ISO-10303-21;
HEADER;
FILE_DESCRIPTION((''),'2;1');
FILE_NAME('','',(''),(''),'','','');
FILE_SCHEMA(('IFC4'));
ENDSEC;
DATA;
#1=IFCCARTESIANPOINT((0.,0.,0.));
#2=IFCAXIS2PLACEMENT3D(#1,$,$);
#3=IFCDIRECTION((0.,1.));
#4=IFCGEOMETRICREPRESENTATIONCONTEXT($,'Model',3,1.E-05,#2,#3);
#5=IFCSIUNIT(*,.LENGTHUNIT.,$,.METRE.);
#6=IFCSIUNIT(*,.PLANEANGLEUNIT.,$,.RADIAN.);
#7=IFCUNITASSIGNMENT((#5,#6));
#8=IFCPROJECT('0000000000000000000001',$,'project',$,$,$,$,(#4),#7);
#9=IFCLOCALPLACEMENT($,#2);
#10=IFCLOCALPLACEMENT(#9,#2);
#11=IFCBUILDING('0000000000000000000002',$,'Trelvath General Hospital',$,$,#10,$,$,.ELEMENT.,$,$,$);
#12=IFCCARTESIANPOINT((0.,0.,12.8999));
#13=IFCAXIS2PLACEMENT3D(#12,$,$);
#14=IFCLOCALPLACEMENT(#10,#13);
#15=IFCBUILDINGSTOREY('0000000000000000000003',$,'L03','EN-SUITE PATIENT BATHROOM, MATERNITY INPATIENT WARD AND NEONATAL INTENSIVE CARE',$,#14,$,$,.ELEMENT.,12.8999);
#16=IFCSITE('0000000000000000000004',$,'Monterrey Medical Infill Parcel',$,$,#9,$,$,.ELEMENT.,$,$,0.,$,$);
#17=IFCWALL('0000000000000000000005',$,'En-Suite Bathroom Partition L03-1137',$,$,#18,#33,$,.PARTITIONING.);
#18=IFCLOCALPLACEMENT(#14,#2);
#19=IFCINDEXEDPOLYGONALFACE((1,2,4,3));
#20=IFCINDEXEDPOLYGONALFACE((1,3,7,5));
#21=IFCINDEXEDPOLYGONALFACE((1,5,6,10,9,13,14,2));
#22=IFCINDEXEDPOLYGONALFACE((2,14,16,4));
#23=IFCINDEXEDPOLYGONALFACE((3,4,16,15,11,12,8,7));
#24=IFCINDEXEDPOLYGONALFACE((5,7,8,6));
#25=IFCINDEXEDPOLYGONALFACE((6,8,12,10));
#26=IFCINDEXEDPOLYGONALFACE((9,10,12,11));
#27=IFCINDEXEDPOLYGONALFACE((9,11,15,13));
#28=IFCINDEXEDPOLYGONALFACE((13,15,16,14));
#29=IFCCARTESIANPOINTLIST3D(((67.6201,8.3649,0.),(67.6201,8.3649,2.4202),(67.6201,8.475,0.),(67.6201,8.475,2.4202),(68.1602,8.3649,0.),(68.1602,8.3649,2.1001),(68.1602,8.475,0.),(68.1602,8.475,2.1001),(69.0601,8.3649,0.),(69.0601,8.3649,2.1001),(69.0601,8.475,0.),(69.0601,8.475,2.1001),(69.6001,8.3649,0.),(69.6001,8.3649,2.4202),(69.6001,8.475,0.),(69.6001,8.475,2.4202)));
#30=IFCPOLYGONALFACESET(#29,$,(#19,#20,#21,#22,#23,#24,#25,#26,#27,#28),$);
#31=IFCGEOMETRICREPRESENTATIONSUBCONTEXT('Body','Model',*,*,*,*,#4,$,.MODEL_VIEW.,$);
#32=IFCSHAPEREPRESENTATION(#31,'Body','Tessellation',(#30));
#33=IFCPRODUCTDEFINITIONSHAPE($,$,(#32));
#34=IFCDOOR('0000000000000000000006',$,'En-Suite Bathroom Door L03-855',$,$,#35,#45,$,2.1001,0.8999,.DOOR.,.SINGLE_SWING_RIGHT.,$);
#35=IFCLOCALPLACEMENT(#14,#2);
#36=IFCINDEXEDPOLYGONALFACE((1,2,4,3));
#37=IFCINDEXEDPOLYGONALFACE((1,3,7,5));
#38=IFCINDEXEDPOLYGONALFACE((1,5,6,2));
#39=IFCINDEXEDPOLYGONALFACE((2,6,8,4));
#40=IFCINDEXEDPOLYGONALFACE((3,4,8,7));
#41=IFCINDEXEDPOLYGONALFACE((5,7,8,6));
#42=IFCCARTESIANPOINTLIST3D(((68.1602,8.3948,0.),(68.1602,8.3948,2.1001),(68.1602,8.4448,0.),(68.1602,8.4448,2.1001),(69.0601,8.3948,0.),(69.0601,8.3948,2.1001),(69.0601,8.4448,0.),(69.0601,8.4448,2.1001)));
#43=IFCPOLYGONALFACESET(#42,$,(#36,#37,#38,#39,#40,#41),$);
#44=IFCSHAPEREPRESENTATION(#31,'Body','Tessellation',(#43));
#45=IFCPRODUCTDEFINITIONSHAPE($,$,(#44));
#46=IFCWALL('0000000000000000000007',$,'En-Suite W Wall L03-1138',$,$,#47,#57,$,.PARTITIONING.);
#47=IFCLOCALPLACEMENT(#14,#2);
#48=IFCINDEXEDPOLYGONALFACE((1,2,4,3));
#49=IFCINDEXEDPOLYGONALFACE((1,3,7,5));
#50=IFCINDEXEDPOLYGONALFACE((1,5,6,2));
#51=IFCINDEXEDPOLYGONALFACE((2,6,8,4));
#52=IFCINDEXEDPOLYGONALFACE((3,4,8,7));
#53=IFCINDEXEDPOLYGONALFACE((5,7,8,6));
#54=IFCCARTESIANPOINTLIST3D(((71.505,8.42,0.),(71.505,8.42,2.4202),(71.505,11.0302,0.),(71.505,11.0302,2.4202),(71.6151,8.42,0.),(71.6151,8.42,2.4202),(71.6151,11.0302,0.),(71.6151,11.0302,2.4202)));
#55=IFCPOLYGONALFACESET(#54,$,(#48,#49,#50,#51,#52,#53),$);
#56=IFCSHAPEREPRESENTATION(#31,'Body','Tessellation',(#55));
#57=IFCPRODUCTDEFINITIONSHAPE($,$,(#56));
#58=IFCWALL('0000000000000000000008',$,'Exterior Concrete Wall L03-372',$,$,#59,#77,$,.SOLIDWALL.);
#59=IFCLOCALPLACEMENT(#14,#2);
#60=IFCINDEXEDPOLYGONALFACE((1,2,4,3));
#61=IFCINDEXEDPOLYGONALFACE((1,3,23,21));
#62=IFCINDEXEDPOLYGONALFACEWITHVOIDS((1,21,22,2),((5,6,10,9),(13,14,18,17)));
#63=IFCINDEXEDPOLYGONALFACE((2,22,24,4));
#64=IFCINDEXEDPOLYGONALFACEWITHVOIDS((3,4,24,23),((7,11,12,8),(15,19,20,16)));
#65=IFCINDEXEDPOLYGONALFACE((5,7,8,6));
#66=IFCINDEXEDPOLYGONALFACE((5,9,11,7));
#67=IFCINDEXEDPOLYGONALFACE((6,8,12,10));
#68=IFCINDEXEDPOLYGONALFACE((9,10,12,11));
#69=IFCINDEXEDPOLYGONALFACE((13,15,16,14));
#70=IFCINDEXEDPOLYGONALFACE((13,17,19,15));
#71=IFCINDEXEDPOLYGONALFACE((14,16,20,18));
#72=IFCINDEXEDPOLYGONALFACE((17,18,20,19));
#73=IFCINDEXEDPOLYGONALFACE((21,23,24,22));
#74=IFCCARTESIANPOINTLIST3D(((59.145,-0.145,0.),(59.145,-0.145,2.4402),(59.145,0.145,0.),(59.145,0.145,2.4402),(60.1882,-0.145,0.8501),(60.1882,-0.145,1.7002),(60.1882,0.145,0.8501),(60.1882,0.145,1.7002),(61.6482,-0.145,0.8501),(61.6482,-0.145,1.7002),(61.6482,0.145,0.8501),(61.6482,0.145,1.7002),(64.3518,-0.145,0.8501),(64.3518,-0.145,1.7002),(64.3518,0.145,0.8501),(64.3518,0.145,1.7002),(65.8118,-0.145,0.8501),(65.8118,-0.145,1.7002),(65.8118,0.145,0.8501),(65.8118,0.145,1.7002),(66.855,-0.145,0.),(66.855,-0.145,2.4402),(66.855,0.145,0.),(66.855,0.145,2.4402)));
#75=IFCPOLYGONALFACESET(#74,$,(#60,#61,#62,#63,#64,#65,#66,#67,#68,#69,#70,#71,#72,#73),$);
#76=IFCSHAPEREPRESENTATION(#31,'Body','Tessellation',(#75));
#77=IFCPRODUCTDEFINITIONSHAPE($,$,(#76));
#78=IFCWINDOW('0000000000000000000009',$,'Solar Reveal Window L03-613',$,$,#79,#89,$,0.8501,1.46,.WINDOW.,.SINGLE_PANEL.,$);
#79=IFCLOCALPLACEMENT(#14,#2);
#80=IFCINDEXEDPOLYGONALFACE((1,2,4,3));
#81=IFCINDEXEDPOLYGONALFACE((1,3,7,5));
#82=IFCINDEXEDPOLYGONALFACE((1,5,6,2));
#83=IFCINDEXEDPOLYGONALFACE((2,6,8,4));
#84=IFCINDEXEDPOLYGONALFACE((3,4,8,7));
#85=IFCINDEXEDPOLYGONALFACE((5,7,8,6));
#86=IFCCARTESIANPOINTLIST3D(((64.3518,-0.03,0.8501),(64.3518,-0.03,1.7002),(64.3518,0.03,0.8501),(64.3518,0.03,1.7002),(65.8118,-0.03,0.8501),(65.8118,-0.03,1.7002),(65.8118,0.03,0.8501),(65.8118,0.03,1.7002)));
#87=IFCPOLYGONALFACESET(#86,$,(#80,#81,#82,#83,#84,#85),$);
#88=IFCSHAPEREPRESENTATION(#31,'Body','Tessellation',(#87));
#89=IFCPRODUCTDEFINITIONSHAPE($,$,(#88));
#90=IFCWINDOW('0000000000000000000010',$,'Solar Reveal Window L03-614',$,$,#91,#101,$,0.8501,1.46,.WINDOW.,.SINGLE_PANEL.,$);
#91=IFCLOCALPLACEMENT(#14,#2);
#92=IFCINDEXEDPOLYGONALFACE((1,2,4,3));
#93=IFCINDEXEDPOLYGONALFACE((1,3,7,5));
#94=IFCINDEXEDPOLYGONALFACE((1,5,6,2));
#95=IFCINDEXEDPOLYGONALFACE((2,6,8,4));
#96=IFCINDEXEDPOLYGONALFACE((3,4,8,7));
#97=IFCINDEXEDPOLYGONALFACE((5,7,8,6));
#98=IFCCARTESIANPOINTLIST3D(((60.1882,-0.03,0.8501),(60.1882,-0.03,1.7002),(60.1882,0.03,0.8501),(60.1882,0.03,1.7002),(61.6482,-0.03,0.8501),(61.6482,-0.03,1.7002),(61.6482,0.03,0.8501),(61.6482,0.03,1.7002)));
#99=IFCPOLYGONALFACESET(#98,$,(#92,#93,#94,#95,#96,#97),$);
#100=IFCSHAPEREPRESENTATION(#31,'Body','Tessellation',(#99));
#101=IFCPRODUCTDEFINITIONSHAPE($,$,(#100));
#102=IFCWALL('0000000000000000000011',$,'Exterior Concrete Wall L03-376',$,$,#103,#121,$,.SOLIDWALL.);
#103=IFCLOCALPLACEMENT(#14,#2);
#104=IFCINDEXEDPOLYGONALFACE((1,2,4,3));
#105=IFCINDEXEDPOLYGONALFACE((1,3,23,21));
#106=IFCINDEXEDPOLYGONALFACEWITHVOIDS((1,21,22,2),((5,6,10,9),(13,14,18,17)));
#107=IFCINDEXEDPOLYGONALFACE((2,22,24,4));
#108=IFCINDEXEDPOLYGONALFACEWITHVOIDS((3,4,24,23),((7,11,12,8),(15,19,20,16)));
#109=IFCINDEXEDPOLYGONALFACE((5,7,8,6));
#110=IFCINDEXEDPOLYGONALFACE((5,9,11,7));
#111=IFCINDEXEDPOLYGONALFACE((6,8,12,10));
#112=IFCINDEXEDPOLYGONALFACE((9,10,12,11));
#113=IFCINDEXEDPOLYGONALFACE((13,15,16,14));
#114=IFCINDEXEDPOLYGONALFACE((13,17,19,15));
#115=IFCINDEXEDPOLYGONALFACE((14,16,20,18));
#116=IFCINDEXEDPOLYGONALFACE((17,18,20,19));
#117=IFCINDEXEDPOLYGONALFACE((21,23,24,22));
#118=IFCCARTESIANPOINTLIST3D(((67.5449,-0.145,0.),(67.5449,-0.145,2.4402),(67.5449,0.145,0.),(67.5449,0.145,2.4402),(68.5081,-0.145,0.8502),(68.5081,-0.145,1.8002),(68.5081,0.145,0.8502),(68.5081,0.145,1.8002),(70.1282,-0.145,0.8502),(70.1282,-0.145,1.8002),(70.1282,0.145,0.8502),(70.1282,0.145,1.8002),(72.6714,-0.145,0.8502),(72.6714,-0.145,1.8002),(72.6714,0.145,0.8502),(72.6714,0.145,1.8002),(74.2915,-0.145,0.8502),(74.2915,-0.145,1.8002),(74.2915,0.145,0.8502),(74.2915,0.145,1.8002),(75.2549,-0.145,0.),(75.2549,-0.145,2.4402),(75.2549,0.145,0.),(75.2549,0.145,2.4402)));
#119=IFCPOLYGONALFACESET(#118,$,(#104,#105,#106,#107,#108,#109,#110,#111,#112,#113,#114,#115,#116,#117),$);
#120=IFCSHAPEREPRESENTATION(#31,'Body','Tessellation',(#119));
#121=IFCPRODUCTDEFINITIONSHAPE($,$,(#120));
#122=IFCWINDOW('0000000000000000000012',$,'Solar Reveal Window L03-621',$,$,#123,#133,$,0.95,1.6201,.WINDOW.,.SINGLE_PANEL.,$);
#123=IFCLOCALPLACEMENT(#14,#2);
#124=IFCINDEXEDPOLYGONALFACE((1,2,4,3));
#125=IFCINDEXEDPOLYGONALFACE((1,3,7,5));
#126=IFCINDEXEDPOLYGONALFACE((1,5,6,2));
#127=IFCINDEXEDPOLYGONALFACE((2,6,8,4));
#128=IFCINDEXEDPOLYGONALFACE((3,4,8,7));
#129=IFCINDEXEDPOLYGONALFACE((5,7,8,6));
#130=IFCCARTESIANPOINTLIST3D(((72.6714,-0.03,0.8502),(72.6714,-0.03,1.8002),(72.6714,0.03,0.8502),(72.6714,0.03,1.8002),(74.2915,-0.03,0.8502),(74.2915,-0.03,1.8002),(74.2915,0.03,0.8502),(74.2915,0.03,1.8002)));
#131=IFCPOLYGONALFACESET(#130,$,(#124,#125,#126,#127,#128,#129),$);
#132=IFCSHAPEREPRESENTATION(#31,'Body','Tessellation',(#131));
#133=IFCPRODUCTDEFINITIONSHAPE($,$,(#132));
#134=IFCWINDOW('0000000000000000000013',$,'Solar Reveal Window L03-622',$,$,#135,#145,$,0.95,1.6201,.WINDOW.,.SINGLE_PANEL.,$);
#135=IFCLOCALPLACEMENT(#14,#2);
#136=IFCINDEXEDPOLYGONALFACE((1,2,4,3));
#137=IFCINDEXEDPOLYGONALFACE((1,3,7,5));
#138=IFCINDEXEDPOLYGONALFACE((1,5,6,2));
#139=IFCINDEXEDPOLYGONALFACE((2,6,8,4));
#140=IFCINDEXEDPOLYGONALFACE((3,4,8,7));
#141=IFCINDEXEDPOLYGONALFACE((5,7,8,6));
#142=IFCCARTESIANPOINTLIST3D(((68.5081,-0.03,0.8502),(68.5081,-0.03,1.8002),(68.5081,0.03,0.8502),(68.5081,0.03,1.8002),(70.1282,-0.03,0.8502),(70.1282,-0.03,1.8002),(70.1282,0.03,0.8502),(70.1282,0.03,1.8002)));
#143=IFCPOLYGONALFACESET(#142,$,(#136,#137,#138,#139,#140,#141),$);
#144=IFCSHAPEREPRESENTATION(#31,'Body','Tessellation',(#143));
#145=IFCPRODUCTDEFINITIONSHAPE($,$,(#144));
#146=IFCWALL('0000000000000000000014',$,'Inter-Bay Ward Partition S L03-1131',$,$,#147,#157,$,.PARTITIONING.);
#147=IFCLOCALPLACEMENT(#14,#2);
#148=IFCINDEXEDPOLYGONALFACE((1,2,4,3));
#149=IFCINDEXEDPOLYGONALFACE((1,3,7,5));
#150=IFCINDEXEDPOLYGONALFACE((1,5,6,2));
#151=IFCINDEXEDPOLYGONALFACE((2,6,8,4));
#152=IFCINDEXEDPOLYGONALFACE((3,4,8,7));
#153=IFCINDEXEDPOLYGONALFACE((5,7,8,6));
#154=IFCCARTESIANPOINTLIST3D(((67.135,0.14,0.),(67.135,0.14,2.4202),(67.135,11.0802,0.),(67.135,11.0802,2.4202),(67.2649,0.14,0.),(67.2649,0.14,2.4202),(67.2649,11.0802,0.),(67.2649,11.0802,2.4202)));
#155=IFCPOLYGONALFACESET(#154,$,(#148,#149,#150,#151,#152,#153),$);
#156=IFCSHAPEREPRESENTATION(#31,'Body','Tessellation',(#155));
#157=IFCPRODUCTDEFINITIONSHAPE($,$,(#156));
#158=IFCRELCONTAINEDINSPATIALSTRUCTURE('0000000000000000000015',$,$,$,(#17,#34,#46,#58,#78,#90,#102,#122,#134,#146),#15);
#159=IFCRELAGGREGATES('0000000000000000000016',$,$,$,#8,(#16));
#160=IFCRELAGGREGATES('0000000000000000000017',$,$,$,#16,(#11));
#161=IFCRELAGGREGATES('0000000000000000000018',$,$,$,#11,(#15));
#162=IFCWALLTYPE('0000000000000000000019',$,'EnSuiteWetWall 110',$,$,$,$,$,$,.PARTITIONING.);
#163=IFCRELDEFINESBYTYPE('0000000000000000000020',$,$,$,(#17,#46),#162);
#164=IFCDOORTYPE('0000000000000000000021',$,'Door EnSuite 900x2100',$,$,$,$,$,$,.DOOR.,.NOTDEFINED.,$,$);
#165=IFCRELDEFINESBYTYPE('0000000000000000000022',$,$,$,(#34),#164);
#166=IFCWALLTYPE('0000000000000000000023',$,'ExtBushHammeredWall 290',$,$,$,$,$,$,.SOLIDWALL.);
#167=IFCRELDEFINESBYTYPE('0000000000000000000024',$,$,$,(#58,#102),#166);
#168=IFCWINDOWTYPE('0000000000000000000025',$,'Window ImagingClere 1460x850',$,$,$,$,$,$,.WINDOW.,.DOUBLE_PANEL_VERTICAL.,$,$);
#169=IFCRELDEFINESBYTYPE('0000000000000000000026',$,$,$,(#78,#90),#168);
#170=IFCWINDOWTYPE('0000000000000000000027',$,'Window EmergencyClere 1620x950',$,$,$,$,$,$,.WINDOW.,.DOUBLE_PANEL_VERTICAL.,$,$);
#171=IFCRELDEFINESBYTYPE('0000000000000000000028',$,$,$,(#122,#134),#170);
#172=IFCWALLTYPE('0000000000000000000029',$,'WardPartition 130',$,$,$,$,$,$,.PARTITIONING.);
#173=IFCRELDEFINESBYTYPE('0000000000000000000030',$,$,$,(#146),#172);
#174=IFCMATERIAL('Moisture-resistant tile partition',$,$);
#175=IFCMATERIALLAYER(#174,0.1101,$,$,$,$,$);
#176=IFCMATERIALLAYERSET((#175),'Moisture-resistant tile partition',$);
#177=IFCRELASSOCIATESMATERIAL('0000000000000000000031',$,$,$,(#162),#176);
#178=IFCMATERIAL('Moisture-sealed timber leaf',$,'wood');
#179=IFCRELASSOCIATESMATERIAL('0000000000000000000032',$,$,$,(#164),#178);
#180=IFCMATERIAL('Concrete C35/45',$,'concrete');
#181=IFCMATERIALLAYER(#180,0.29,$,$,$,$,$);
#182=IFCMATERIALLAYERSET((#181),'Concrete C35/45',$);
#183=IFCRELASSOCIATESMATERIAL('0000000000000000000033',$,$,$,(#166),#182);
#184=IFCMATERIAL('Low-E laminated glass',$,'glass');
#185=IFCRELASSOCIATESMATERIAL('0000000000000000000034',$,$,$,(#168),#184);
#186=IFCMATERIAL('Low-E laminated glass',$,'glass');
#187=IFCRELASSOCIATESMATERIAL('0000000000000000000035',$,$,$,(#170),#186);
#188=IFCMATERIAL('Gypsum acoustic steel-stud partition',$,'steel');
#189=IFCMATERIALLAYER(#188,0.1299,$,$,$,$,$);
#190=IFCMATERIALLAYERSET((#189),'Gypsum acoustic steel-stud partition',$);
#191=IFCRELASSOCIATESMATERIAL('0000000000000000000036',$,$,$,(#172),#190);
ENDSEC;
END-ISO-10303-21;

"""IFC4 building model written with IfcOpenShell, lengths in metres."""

from ifc_helpers import new_model, si_unit, direction, frame, frame_2d, origin, place, context, subcontext, project, spatial, rectangle, extrude, material, layer, layer_set, type_object, element, fill, save


model = new_model("IFC4")

# Units and contexts
model_context = context("Model", 3, precision=1e-05, world=origin(), true_north=direction((0.0, 1.0)))
body_context = subcontext(model_context, "Body", "Model", "MODEL_VIEW")
ifc_project = project(units=[si_unit("LENGTHUNIT", "METRE"), si_unit("PLANEANGLEUNIT", "RADIAN")], contexts=[model_context])

# Site, building, storey
site_placement = place(None, origin())
site = spatial("IfcSite", under=ifc_project, at=site_placement, Name="Monterrey Medical Infill Parcel", CompositionType="ELEMENT", RefElevation=0.0)
building_placement = place(site_placement, origin())
building = spatial("IfcBuilding", under=site, at=building_placement, Name="Trelvath General Hospital", CompositionType="ELEMENT")
storey_placement = place(building_placement, frame((0.0, 0.0, 12.8999)))
storey = spatial("IfcBuildingStorey", under=building, at=storey_placement, Name="L03", Description="EN-SUITE PATIENT BATHROOM, MATERNITY INPATIENT WARD AND NEONATAL INTENSIVE CARE", CompositionType="ELEMENT", Elevation=12.8999)

# Shared definitions
ifc_material_1 = material(Name="Moisture-resistant tile partition")
ifc_layer_1 = layer(ifc_material_1, 0.1101)
ifc_layer_set_1 = layer_set([ifc_layer_1], Name="Moisture-resistant tile partition")
wall_type_1 = type_object("IfcWallType", Name="EnSuiteWetWall 110", PredefinedType="PARTITIONING", material=ifc_layer_set_1)

# Wall, opening, door
wall_1_placement = place(storey_placement, frame((67.6201, 8.4199, 0.0), z_axis=(0.0, 0.0, 1.0), x_axis=(1.0, 0.0, 0.0)))
wall_1 = element("IfcWall", 1, at=wall_1_placement, inside=storey, type_object=wall_type_1, Name="En-Suite Bathroom Partition L03-1137", PredefinedType="PARTITIONING", context=body_context, shape_type="SweptSolid", body=[
    extrude(rectangle(XDim=1.98, YDim=0.1101, at=frame_2d((0.99, 0.0))), origin(), (0.0, 0.0, 1.0), 2.4202),
])
opening_1_placement = place(wall_1_placement, frame((0.54, 0.0, 0.0)))
opening_1 = element("IfcOpeningElement", 2, at=opening_1_placement, cuts=wall_1, PredefinedType="OPENING", context=body_context, shape_type="SweptSolid", body=[
    extrude(rectangle(XDim=0.8999, YDim=2.1001, at=frame_2d((0.45, 1.05))), frame((0.0, 0.0649, 0.0), z_axis=(0.0, -1.0, 0.0), x_axis=(1.0, 0.0, 0.0)), (0.0, 0.0, 1.0), 0.1301),
])
ifc_material_2 = material(Name="Moisture-sealed timber leaf", Category="wood")
door_type = type_object("IfcDoorType", Name="Door EnSuite 900x2100", OperationType="NOTDEFINED", PredefinedType="DOOR", material=ifc_material_2)
door_placement = place(opening_1_placement, origin())
door = element("IfcDoor", 3, at=door_placement, inside=storey, type_object=door_type, Name="En-Suite Bathroom Door L03-855", OperationType="SINGLE_SWING_RIGHT", OverallHeight=2.1001, OverallWidth=0.8999, PredefinedType="DOOR", context=body_context, shape_type="SweptSolid", body=[
    extrude(rectangle(XDim=0.8999, YDim=2.1001, at=frame_2d((0.45, 1.05))), frame((0.0, 0.0249, 0.0), z_axis=(0.0, -1.0, 0.0), x_axis=(1.0, 0.0, 0.0)), (0.0, 0.0, 1.0), 0.05),
])
fill(opening_1, door)

# Wall
wall_2_placement = place(storey_placement, frame((71.5601, 8.4199, 0.0), z_axis=(0.0, 0.0, 1.0), x_axis=(0.0, 1.0, 0.0)))
element("IfcWall", 4, at=wall_2_placement, inside=storey, type_object=wall_type_1, Name="En-Suite W Wall L03-1138", PredefinedType="PARTITIONING", context=body_context, shape_type="SweptSolid", body=[
    extrude(rectangle(XDim=2.6101, YDim=0.1101, at=frame_2d((1.3052, 0.0))), origin(), (0.0, 0.0, 1.0), 2.4202),
])

# Walls, openings, windows
ifc_material_3 = material(Name="Concrete C35/45", Category="concrete")
ifc_layer_2 = layer(ifc_material_3, 0.29)
ifc_layer_set_2 = layer_set([ifc_layer_2], Name="Concrete C35/45")
wall_type_2 = type_object("IfcWallType", Name="ExtBushHammeredWall 290", PredefinedType="SOLIDWALL", material=ifc_layer_set_2)
wall_3_placement = place(storey_placement, frame((66.855, 0.0, 0.0), z_axis=(0.0, 0.0, 1.0), x_axis=(-1.0, 0.0, 0.0)))
wall_3 = element("IfcWall", 5, at=wall_3_placement, inside=storey, type_object=wall_type_2, Name="Exterior Concrete Wall L03-372", PredefinedType="SOLIDWALL", context=body_context, shape_type="SweptSolid", body=[
    extrude(rectangle(XDim=7.71, YDim=0.29, at=frame_2d((3.855, 0.0))), origin(), (0.0, 0.0, 1.0), 2.4402),
])
opening_2_placement = place(wall_3_placement, frame((1.0432, 0.0, 0.8501)))
opening_2 = element("IfcOpeningElement", 6, at=opening_2_placement, cuts=wall_3, PredefinedType="OPENING", context=body_context, shape_type="SweptSolid", body=[
    extrude(rectangle(XDim=1.46, YDim=0.8501, at=frame_2d((0.73, 0.425))), frame((0.0, 0.155, 0.0), z_axis=(0.0, -1.0, 0.0), x_axis=(1.0, 0.0, 0.0)), (0.0, 0.0, 1.0), 0.3101),
])
opening_3_placement = place(wall_3_placement, frame((5.2068, 0.0, 0.8501)))
opening_3 = element("IfcOpeningElement", 7, at=opening_3_placement, cuts=wall_3, PredefinedType="OPENING", context=body_context, shape_type="SweptSolid", body=[
    extrude(rectangle(XDim=1.46, YDim=0.8501, at=frame_2d((0.73, 0.425))), frame((0.0, 0.155, 0.0), z_axis=(0.0, -1.0, 0.0), x_axis=(1.0, 0.0, 0.0)), (0.0, 0.0, 1.0), 0.3101),
])
ifc_material_4 = material(Name="Low-E laminated glass", Category="glass")
window_type_1 = type_object("IfcWindowType", Name="Window ImagingClere 1460x850", PartitioningType="DOUBLE_PANEL_VERTICAL", PredefinedType="WINDOW", material=ifc_material_4)
window_1_placement = place(opening_2_placement, origin())
window_1 = element("IfcWindow", 8, at=window_1_placement, inside=storey, type_object=window_type_1, Name="Solar Reveal Window L03-613", OverallHeight=0.8501, OverallWidth=1.46, PartitioningType="SINGLE_PANEL", PredefinedType="WINDOW", context=body_context, shape_type="SweptSolid", body=[
    extrude(rectangle(XDim=1.46, YDim=0.8501, at=frame_2d((0.73, 0.425))), frame((0.0, 0.03, 0.0), z_axis=(0.0, -1.0, 0.0), x_axis=(1.0, 0.0, 0.0)), (0.0, 0.0, 1.0), 0.0601),
])
fill(opening_2, window_1)
window_2_placement = place(opening_3_placement, origin())
window_2 = element("IfcWindow", 9, at=window_2_placement, inside=storey, type_object=window_type_1, Name="Solar Reveal Window L03-614", OverallHeight=0.8501, OverallWidth=1.46, PartitioningType="SINGLE_PANEL", PredefinedType="WINDOW", context=body_context, shape_type="SweptSolid", body=[
    extrude(rectangle(XDim=1.46, YDim=0.8501, at=frame_2d((0.73, 0.425))), frame((0.0, 0.03, 0.0), z_axis=(0.0, -1.0, 0.0), x_axis=(1.0, 0.0, 0.0)), (0.0, 0.0, 1.0), 0.0601),
])
fill(opening_3, window_2)
wall_4_placement = place(storey_placement, frame((75.2549, 0.0, 0.0), z_axis=(0.0, 0.0, 1.0), x_axis=(-1.0, 0.0, 0.0)))
wall_4 = element("IfcWall", 10, at=wall_4_placement, inside=storey, type_object=wall_type_2, Name="Exterior Concrete Wall L03-376", PredefinedType="SOLIDWALL", context=body_context, shape_type="SweptSolid", body=[
    extrude(rectangle(XDim=7.71, YDim=0.29, at=frame_2d((3.855, 0.0))), origin(), (0.0, 0.0, 1.0), 2.4402),
])
opening_4_placement = place(wall_4_placement, frame((0.9634, 0.0, 0.8501)))
opening_4 = element("IfcOpeningElement", 11, at=opening_4_placement, cuts=wall_4, PredefinedType="OPENING", context=body_context, shape_type="SweptSolid", body=[
    extrude(rectangle(XDim=1.6201, YDim=0.95, at=frame_2d((0.8101, 0.4751))), frame((0.0, 0.155, 0.0), z_axis=(0.0, -1.0, 0.0), x_axis=(1.0, 0.0, 0.0)), (0.0, 0.0, 1.0), 0.3101),
])
opening_5_placement = place(wall_4_placement, frame((5.1267, 0.0, 0.8501)))
opening_5 = element("IfcOpeningElement", 12, at=opening_5_placement, cuts=wall_4, PredefinedType="OPENING", context=body_context, shape_type="SweptSolid", body=[
    extrude(rectangle(XDim=1.6201, YDim=0.95, at=frame_2d((0.8101, 0.4751))), frame((0.0, 0.155, 0.0), z_axis=(0.0, -1.0, 0.0), x_axis=(1.0, 0.0, 0.0)), (0.0, 0.0, 1.0), 0.3101),
])
ifc_material_5 = material(Name="Low-E laminated glass", Category="glass")
window_type_2 = type_object("IfcWindowType", Name="Window EmergencyClere 1620x950", PartitioningType="DOUBLE_PANEL_VERTICAL", PredefinedType="WINDOW", material=ifc_material_5)
window_3_placement = place(opening_4_placement, origin())
window_3 = element("IfcWindow", 13, at=window_3_placement, inside=storey, type_object=window_type_2, Name="Solar Reveal Window L03-621", OverallHeight=0.95, OverallWidth=1.6201, PartitioningType="SINGLE_PANEL", PredefinedType="WINDOW", context=body_context, shape_type="SweptSolid", body=[
    extrude(rectangle(XDim=1.6201, YDim=0.95, at=frame_2d((0.8101, 0.4751))), frame((0.0, 0.03, 0.0), z_axis=(0.0, -1.0, 0.0), x_axis=(1.0, 0.0, 0.0)), (0.0, 0.0, 1.0), 0.0601),
])
fill(opening_4, window_3)
window_4_placement = place(opening_5_placement, origin())
window_4 = element("IfcWindow", 14, at=window_4_placement, inside=storey, type_object=window_type_2, Name="Solar Reveal Window L03-622", OverallHeight=0.95, OverallWidth=1.6201, PartitioningType="SINGLE_PANEL", PredefinedType="WINDOW", context=body_context, shape_type="SweptSolid", body=[
    extrude(rectangle(XDim=1.6201, YDim=0.95, at=frame_2d((0.8101, 0.4751))), frame((0.0, 0.03, 0.0), z_axis=(0.0, -1.0, 0.0), x_axis=(1.0, 0.0, 0.0)), (0.0, 0.0, 1.0), 0.0601),
])
fill(opening_5, window_4)

# Wall
ifc_material_6 = material(Name="Gypsum acoustic steel-stud partition", Category="steel")
ifc_layer_3 = layer(ifc_material_6, 0.1299)
ifc_layer_set_3 = layer_set([ifc_layer_3], Name="Gypsum acoustic steel-stud partition")
wall_type_3 = type_object("IfcWallType", Name="WardPartition 130", PredefinedType="PARTITIONING", material=ifc_layer_set_3)
wall_5_placement = place(storey_placement, frame((67.2, 0.1399, 0.0), z_axis=(0.0, 0.0, 1.0), x_axis=(0.0, 1.0, 0.0)))
element("IfcWall", 15, at=wall_5_placement, inside=storey, type_object=wall_type_3, Name="Inter-Bay Ward Partition S L03-1131", PredefinedType="PARTITIONING", context=body_context, shape_type="SweptSolid", body=[
    extrude(rectangle(XDim=10.9402, YDim=0.1299, at=frame_2d((5.4702, 0.0))), origin(), (0.0, 0.0, 1.0), 2.4202),
])

save(model, "model.ifc")
